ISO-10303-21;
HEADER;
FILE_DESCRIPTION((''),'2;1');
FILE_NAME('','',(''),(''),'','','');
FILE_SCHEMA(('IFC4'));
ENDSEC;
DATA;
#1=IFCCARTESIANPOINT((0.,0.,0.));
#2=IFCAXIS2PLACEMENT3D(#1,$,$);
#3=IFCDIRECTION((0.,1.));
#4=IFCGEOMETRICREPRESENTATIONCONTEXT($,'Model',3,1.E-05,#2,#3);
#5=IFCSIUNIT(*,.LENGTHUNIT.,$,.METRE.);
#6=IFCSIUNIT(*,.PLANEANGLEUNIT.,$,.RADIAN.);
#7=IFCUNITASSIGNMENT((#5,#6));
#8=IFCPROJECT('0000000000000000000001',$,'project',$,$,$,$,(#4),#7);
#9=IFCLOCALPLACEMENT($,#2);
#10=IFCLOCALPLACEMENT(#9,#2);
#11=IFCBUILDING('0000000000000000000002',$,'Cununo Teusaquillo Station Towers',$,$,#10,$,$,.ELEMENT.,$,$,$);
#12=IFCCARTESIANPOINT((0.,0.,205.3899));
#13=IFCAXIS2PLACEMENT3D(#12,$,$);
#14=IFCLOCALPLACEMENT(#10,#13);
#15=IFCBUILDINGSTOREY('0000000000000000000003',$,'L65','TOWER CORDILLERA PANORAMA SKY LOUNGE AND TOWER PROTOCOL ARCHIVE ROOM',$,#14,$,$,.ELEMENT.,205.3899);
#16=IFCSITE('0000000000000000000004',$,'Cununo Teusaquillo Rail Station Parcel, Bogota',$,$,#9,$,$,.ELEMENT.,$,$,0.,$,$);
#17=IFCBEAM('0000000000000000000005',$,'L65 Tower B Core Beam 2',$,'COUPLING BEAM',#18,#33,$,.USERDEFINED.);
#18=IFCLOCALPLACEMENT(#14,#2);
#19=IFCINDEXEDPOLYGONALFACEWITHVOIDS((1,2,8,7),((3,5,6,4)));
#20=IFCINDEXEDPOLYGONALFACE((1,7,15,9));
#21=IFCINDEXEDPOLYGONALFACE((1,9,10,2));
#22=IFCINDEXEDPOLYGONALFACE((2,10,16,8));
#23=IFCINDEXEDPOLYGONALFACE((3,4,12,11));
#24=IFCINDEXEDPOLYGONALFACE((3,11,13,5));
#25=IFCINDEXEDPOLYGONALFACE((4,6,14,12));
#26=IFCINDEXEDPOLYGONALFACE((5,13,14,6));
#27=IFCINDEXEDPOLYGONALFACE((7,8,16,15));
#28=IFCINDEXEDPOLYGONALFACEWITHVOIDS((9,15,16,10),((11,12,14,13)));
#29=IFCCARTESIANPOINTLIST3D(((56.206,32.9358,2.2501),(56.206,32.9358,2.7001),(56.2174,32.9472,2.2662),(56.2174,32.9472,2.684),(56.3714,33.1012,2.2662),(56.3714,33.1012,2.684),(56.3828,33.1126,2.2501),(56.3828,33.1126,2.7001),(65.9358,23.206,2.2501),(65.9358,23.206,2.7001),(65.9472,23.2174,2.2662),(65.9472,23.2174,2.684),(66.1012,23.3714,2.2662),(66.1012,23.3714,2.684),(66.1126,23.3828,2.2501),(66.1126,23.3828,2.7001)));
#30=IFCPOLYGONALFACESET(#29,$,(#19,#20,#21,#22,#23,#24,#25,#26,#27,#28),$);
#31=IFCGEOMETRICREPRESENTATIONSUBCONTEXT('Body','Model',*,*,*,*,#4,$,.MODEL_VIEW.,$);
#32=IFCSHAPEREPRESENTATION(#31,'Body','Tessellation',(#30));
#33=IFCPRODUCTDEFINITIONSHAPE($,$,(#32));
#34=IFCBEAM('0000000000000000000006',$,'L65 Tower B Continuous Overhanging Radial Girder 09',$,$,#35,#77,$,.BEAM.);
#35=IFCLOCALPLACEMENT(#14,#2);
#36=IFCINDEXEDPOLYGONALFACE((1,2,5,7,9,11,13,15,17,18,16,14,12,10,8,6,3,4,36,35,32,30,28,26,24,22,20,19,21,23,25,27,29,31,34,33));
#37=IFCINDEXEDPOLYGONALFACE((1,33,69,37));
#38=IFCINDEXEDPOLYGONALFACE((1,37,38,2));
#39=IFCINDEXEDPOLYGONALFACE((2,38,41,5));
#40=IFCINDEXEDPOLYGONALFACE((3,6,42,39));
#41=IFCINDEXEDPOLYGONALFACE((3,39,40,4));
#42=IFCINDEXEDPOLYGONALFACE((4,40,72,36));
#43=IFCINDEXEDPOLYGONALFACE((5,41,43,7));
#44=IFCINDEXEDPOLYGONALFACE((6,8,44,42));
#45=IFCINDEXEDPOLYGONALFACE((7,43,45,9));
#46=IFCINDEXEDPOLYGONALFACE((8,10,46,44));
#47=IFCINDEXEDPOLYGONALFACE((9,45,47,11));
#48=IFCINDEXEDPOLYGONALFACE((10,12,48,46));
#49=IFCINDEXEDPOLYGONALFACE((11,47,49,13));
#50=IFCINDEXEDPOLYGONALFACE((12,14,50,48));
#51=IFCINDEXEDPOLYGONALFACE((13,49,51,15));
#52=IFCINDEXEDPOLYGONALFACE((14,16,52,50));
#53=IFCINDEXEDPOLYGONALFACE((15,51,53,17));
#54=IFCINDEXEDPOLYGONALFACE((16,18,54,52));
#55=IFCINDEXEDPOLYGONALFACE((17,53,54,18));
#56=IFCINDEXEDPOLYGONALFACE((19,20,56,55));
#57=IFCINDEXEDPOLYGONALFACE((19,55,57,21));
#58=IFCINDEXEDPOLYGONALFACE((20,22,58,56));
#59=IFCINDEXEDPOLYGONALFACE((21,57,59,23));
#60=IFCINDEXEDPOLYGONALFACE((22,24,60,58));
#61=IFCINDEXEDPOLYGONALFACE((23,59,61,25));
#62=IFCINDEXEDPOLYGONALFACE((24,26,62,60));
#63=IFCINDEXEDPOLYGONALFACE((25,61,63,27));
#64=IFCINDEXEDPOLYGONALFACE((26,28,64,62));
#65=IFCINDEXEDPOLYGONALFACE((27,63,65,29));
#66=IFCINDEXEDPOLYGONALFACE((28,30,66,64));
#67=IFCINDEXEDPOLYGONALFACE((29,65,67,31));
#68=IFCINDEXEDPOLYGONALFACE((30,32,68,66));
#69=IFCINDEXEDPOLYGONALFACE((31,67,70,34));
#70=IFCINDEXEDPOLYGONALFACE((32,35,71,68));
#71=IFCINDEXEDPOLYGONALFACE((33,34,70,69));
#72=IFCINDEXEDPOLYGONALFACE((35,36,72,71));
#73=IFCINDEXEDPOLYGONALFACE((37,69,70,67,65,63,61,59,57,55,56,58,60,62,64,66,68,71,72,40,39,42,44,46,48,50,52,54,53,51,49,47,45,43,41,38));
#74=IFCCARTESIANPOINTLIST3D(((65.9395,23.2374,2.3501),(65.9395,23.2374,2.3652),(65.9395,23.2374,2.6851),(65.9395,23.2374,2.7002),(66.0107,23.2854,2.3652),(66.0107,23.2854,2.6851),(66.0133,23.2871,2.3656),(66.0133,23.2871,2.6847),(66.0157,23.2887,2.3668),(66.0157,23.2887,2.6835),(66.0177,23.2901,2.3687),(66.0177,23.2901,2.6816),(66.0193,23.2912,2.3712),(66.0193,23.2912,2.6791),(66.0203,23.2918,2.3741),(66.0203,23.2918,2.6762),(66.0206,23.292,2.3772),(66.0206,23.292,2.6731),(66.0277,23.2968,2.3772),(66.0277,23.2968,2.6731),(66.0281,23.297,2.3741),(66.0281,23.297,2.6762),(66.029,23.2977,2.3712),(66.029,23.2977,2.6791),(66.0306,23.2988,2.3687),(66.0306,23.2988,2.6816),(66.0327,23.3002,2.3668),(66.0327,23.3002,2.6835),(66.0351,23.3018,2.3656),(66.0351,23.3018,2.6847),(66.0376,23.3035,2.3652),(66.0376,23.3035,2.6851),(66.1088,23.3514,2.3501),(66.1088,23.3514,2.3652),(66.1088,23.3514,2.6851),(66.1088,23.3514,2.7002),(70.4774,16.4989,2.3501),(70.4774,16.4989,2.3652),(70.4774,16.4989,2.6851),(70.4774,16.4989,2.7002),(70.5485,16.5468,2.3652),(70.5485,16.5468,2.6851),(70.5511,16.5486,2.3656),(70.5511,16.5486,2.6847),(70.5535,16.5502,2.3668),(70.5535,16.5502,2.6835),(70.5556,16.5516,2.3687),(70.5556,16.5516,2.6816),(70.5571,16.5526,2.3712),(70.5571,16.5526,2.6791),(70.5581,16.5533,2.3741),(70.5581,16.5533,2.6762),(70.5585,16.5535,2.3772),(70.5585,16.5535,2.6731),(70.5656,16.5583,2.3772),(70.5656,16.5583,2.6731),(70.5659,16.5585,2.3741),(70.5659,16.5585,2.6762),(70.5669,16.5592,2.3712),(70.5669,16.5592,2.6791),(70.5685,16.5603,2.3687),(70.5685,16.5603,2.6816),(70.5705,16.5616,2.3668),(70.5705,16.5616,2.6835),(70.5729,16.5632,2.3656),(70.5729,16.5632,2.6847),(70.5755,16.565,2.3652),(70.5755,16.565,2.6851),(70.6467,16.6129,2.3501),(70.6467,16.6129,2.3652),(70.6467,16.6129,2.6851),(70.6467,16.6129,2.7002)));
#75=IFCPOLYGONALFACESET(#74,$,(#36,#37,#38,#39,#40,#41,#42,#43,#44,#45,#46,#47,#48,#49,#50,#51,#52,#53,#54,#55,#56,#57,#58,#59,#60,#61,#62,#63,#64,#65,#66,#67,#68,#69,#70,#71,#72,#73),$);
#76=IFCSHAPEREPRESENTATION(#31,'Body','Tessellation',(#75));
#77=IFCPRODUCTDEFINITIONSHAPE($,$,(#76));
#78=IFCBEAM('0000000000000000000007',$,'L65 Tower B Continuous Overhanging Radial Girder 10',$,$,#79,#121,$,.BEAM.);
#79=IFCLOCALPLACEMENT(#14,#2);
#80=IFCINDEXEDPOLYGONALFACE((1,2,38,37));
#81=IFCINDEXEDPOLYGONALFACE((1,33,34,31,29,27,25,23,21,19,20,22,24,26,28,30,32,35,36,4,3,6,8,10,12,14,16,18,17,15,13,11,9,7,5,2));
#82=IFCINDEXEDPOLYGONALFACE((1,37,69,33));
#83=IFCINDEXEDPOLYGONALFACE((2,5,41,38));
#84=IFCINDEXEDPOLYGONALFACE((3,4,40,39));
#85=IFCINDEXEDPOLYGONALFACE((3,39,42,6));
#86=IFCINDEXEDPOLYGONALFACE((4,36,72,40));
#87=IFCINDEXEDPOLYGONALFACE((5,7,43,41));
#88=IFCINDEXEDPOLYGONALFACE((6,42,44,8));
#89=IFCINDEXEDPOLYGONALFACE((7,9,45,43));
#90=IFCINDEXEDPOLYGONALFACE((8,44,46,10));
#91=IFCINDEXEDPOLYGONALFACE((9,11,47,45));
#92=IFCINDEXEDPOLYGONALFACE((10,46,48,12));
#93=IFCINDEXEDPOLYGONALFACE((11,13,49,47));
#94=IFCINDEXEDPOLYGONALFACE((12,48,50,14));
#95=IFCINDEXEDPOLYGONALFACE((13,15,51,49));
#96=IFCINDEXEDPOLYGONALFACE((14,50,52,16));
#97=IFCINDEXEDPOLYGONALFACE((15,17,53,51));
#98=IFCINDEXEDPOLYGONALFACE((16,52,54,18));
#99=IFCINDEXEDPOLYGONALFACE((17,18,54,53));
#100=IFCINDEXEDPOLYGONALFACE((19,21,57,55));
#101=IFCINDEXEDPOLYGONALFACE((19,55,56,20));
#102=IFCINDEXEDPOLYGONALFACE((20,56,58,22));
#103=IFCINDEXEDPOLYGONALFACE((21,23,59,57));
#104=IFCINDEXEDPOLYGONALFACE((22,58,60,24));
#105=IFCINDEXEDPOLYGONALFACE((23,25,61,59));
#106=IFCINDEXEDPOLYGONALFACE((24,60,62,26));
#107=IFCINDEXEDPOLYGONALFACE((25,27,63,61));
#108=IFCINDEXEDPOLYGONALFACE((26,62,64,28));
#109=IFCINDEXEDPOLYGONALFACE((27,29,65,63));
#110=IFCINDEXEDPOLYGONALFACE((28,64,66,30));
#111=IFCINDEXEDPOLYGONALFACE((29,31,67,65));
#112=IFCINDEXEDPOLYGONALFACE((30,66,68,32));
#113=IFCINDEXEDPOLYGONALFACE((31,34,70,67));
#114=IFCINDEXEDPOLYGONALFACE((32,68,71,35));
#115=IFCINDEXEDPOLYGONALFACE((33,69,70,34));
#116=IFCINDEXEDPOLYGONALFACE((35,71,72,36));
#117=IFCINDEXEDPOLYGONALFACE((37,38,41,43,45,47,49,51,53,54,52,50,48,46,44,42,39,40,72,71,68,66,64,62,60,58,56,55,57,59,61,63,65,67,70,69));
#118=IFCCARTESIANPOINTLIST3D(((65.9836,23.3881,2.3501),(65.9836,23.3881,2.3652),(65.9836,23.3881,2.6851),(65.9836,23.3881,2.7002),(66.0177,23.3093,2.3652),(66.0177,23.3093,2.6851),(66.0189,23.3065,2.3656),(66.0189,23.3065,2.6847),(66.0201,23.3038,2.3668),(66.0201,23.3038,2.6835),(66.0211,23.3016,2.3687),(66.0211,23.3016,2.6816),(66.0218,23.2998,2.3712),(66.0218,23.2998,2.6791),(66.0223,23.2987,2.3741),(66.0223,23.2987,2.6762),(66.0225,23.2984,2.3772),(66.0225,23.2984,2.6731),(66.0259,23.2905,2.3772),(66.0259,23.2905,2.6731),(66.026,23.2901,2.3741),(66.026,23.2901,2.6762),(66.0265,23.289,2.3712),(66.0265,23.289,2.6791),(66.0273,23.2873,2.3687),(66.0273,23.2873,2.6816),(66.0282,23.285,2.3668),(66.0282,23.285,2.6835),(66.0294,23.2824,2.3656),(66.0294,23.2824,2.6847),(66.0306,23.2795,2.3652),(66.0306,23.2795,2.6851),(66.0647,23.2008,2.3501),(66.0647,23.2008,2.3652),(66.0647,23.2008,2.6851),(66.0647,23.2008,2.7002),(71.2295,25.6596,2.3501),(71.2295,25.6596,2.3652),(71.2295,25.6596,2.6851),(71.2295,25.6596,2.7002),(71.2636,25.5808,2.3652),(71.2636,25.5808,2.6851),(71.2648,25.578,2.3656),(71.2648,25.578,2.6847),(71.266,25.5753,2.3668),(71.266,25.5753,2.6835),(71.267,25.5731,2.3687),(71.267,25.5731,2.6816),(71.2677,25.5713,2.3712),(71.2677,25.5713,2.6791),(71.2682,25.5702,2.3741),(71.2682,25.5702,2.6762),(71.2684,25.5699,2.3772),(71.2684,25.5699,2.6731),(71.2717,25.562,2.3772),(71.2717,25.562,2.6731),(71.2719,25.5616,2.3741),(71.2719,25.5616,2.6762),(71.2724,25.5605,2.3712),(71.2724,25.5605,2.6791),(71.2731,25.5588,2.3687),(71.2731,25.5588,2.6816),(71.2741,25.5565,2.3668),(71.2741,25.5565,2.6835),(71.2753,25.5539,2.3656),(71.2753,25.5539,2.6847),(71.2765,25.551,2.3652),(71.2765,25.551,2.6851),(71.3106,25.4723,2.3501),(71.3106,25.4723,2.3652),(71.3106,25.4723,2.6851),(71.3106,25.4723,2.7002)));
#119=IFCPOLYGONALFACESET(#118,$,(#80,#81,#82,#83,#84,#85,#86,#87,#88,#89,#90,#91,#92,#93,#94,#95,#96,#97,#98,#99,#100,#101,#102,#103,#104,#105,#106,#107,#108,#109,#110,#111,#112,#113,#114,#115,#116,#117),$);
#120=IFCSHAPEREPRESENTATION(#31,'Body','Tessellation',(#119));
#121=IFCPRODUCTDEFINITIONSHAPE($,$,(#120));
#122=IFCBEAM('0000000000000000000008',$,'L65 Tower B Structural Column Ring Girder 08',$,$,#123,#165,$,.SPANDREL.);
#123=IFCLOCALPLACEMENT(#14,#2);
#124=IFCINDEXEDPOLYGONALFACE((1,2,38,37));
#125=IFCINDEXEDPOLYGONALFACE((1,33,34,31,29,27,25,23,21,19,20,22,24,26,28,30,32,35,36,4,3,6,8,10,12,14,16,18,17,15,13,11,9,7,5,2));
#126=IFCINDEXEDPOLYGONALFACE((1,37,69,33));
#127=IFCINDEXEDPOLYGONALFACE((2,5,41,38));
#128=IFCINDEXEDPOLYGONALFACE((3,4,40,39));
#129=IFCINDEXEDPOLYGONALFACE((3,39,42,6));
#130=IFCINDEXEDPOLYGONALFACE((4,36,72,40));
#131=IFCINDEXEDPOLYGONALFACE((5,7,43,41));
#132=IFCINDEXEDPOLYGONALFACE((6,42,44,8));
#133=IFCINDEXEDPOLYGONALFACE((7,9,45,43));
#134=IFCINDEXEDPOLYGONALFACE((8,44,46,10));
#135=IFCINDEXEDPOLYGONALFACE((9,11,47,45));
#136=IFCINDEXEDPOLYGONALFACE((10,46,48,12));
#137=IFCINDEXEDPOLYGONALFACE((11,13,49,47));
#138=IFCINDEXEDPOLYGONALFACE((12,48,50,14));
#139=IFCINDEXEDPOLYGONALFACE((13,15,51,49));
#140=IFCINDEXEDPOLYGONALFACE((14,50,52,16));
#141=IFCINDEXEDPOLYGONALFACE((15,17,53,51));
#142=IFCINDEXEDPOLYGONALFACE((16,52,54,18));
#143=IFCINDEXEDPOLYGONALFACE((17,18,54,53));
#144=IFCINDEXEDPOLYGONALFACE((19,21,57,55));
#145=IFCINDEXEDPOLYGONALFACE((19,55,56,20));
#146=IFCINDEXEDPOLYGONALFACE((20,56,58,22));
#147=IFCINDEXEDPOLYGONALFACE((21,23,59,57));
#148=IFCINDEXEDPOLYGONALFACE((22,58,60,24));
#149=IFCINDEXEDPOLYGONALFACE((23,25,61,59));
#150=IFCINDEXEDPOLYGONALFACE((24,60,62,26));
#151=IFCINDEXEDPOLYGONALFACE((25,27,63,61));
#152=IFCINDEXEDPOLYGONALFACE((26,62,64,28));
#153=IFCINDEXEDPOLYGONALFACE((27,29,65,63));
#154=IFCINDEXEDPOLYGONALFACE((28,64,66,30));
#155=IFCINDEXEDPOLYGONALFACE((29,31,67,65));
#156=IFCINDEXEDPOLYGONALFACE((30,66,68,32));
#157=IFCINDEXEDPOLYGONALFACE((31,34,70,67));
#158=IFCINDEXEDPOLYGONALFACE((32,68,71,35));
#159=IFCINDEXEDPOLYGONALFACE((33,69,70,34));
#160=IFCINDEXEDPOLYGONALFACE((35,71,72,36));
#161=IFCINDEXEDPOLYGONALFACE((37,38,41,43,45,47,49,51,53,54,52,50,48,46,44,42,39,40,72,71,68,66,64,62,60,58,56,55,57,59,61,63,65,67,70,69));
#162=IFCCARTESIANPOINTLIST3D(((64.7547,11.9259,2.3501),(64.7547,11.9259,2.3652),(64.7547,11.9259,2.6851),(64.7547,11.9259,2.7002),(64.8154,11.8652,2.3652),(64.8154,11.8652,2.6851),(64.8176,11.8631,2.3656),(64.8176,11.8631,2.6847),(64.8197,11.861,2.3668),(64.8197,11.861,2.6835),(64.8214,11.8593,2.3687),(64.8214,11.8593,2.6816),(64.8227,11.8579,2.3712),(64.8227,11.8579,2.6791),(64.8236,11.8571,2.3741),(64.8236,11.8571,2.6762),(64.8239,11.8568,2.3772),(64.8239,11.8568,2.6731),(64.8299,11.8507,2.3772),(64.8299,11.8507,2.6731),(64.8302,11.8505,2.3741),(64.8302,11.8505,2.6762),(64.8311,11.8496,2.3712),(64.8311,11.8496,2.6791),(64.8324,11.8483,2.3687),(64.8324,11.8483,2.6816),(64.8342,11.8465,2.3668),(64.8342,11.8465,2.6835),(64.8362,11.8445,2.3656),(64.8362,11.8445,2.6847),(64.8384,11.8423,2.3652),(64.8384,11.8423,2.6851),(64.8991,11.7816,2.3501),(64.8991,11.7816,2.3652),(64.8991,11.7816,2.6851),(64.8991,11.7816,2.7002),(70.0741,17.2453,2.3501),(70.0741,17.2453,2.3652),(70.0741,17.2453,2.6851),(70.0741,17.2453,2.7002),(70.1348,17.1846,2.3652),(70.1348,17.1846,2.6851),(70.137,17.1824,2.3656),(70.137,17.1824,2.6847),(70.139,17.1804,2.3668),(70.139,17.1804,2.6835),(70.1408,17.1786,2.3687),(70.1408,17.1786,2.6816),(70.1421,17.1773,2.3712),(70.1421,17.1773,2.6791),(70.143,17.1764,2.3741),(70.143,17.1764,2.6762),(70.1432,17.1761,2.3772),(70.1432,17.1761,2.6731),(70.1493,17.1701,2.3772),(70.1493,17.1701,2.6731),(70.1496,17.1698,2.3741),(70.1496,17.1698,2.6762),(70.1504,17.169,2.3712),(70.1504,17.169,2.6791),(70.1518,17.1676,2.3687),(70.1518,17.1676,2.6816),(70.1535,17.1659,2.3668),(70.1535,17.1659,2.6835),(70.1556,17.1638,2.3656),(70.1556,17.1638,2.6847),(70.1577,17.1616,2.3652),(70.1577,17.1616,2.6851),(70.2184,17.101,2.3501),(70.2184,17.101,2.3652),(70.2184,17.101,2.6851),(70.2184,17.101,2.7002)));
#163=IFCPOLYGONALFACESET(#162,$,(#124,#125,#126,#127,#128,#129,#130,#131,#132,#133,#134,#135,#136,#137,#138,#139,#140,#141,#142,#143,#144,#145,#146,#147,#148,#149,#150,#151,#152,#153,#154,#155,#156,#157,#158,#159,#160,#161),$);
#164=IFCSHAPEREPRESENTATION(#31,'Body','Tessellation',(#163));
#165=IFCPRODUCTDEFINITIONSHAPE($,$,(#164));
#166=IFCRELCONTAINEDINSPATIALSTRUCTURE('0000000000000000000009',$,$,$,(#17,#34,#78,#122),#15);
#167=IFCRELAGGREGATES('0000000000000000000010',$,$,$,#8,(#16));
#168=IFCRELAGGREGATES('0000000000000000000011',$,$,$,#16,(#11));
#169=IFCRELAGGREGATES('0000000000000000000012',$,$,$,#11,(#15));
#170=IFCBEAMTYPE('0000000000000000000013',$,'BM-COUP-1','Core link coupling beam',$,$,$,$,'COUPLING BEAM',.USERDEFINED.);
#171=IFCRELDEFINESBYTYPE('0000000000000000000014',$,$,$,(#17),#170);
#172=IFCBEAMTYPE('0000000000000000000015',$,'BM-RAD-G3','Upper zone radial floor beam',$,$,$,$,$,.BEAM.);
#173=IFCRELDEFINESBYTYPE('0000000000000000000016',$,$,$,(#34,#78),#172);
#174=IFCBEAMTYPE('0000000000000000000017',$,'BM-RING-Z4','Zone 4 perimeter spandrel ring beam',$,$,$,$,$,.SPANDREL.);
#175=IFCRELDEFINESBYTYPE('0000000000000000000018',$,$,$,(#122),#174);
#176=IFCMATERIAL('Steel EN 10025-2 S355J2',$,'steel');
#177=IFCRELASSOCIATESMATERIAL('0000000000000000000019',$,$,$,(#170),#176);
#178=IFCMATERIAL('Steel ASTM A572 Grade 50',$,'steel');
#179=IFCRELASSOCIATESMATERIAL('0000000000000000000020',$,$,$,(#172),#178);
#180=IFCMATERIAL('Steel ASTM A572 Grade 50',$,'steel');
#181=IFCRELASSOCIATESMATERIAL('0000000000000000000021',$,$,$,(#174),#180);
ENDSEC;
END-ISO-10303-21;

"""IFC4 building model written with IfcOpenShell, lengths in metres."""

from ifc_helpers import new_model, si_unit, direction, frame, origin, origin_2d, place, context, subcontext, project, spatial, hollow_rectangle, i_section, extrude, material, material_profile, profile_set, type_object, element, save


model = new_model("IFC4")

# Units and contexts
model_context = context("Model", 3, precision=1e-05, world=origin(), true_north=direction((0.0, 1.0)))
body_context = subcontext(model_context, "Body", "Model", "MODEL_VIEW")
ifc_project = project(units=[si_unit("LENGTHUNIT", "METRE"), si_unit("PLANEANGLEUNIT", "RADIAN")], contexts=[model_context])

# Site, building, storey
site_placement = place(None, origin())
site = spatial("IfcSite", under=ifc_project, at=site_placement, Name="Cununo Teusaquillo Rail Station Parcel, Bogota", CompositionType="ELEMENT", RefElevation=0.0)
building_placement = place(site_placement, origin())
building = spatial("IfcBuilding", under=site, at=building_placement, Name="Cununo Teusaquillo Station Towers", CompositionType="ELEMENT")
storey_placement = place(building_placement, frame((0.0, 0.0, 205.3899)))
storey = spatial("IfcBuildingStorey", under=building, at=storey_placement, Name="L65", Description="TOWER CORDILLERA PANORAMA SKY LOUNGE AND TOWER PROTOCOL ARCHIVE ROOM", CompositionType="ELEMENT", Elevation=205.3899)

# Beams
ifc_material_1 = material(Name="Steel EN 10025-2 S355J2", Category="steel")
ifc_material_profile_1 = material_profile(ifc_material_1, hollow_rectangle(XDim=0.25, YDim=0.45, WallThickness=0.0161, at=origin_2d()), Name="RHS 450x250x16")
ifc_profile_set_1 = profile_set([ifc_material_profile_1], Name="Steel EN 10025-2 S355J2")
beam_type_1 = type_object("IfcBeamType", Name="BM-COUP-1", Description="Core link coupling beam", ElementType="COUPLING BEAM", PredefinedType="USERDEFINED", material=ifc_profile_set_1)
beam_1_placement = place(storey_placement, frame((66.0242, 23.2944, 2.4751), z_axis=(-0.707107, 0.707107, 0.0), x_axis=(-0.707107, -0.707107, 0.0)))
element("IfcBeam", 1, at=beam_1_placement, inside=storey, type_object=beam_type_1, Name="L65 Tower B Core Beam 2", ObjectType="COUPLING BEAM", PredefinedType="USERDEFINED", context=body_context, shape_type="SweptSolid", body=[
    extrude(hollow_rectangle(XDim=0.25, YDim=0.45, WallThickness=0.0161, at=origin_2d()), origin(), (0.0, 0.0, 1.0), 13.76),
])
ifc_material_2 = material(Name="Steel ASTM A572 Grade 50", Category="steel")
ifc_material_profile_2 = material_profile(ifc_material_2, i_section(OverallWidth=0.2041, OverallDepth=0.3501, WebThickness=0.0085, FlangeThickness=0.0151, FilletRadius=0.012, at=origin_2d()), Name="W14X48")
ifc_profile_set_2 = profile_set([ifc_material_profile_2], Name="Steel ASTM A572 Grade 50")
beam_type_2 = type_object("IfcBeamType", Name="BM-RAD-G3", Description="Upper zone radial floor beam", PredefinedType="BEAM", material=ifc_profile_set_2)
beam_2_placement = place(storey_placement, frame((66.0242, 23.2944, 2.5251), z_axis=(0.558571, -0.829457, 0.0), x_axis=(0.829457, 0.558571, 0.0)))
element("IfcBeam", 2, at=beam_2_placement, inside=storey, type_object=beam_type_2, Name="L65 Tower B Continuous Overhanging Radial Girder 09", PredefinedType="BEAM", context=body_context, shape_type="SweptSolid", body=[
    extrude(i_section(OverallWidth=0.2041, OverallDepth=0.3501, WebThickness=0.0085, FlangeThickness=0.0151, FilletRadius=0.012, at=origin_2d()), origin(), (0.0, 0.0, 1.0), 8.124),
])
beam_3_placement = place(storey_placement, frame((66.0242, 23.2944, 2.5251), z_axis=(0.917665, 0.397355, 0.0), x_axis=(-0.397355, 0.917665, 0.0)))
element("IfcBeam", 3, at=beam_3_placement, inside=storey, type_object=beam_type_2, Name="L65 Tower B Continuous Overhanging Radial Girder 10", PredefinedType="BEAM", context=body_context, shape_type="SweptSolid", body=[
    extrude(i_section(OverallWidth=0.2041, OverallDepth=0.3501, WebThickness=0.0085, FlangeThickness=0.0151, FilletRadius=0.012, at=origin_2d()), origin(), (0.0, 0.0, 1.0), 5.7166),
])
ifc_material_3 = material(Name="Steel ASTM A572 Grade 50", Category="steel")
ifc_material_profile_3 = material_profile(ifc_material_3, i_section(OverallWidth=0.2041, OverallDepth=0.3501, WebThickness=0.0085, FlangeThickness=0.0151, FilletRadius=0.012, at=origin_2d()), Name="W14X48")
ifc_profile_set_3 = profile_set([ifc_material_profile_3], Name="Steel ASTM A572 Grade 50")
beam_type_3 = type_object("IfcBeamType", Name="BM-RING-Z4", Description="Zone 4 perimeter spandrel ring beam", PredefinedType="SPANDREL", material=ifc_profile_set_3)
beam_4_placement = place(storey_placement, frame((64.8269, 11.8538, 2.5251), z_axis=(0.707107, 0.707107, 0.0), x_axis=(-0.707107, 0.707107, 0.0)))
element("IfcBeam", 4, at=beam_4_placement, inside=storey, type_object=beam_type_3, Name="L65 Tower B Structural Column Ring Girder 08", PredefinedType="SPANDREL", context=body_context, shape_type="SweptSolid", body=[
    extrude(i_section(OverallWidth=0.2041, OverallDepth=0.3501, WebThickness=0.0085, FlangeThickness=0.0151, FilletRadius=0.012, at=origin_2d()), origin(), (0.0, 0.0, 1.0), 7.5227),
])

save(model, "model.ifc")
